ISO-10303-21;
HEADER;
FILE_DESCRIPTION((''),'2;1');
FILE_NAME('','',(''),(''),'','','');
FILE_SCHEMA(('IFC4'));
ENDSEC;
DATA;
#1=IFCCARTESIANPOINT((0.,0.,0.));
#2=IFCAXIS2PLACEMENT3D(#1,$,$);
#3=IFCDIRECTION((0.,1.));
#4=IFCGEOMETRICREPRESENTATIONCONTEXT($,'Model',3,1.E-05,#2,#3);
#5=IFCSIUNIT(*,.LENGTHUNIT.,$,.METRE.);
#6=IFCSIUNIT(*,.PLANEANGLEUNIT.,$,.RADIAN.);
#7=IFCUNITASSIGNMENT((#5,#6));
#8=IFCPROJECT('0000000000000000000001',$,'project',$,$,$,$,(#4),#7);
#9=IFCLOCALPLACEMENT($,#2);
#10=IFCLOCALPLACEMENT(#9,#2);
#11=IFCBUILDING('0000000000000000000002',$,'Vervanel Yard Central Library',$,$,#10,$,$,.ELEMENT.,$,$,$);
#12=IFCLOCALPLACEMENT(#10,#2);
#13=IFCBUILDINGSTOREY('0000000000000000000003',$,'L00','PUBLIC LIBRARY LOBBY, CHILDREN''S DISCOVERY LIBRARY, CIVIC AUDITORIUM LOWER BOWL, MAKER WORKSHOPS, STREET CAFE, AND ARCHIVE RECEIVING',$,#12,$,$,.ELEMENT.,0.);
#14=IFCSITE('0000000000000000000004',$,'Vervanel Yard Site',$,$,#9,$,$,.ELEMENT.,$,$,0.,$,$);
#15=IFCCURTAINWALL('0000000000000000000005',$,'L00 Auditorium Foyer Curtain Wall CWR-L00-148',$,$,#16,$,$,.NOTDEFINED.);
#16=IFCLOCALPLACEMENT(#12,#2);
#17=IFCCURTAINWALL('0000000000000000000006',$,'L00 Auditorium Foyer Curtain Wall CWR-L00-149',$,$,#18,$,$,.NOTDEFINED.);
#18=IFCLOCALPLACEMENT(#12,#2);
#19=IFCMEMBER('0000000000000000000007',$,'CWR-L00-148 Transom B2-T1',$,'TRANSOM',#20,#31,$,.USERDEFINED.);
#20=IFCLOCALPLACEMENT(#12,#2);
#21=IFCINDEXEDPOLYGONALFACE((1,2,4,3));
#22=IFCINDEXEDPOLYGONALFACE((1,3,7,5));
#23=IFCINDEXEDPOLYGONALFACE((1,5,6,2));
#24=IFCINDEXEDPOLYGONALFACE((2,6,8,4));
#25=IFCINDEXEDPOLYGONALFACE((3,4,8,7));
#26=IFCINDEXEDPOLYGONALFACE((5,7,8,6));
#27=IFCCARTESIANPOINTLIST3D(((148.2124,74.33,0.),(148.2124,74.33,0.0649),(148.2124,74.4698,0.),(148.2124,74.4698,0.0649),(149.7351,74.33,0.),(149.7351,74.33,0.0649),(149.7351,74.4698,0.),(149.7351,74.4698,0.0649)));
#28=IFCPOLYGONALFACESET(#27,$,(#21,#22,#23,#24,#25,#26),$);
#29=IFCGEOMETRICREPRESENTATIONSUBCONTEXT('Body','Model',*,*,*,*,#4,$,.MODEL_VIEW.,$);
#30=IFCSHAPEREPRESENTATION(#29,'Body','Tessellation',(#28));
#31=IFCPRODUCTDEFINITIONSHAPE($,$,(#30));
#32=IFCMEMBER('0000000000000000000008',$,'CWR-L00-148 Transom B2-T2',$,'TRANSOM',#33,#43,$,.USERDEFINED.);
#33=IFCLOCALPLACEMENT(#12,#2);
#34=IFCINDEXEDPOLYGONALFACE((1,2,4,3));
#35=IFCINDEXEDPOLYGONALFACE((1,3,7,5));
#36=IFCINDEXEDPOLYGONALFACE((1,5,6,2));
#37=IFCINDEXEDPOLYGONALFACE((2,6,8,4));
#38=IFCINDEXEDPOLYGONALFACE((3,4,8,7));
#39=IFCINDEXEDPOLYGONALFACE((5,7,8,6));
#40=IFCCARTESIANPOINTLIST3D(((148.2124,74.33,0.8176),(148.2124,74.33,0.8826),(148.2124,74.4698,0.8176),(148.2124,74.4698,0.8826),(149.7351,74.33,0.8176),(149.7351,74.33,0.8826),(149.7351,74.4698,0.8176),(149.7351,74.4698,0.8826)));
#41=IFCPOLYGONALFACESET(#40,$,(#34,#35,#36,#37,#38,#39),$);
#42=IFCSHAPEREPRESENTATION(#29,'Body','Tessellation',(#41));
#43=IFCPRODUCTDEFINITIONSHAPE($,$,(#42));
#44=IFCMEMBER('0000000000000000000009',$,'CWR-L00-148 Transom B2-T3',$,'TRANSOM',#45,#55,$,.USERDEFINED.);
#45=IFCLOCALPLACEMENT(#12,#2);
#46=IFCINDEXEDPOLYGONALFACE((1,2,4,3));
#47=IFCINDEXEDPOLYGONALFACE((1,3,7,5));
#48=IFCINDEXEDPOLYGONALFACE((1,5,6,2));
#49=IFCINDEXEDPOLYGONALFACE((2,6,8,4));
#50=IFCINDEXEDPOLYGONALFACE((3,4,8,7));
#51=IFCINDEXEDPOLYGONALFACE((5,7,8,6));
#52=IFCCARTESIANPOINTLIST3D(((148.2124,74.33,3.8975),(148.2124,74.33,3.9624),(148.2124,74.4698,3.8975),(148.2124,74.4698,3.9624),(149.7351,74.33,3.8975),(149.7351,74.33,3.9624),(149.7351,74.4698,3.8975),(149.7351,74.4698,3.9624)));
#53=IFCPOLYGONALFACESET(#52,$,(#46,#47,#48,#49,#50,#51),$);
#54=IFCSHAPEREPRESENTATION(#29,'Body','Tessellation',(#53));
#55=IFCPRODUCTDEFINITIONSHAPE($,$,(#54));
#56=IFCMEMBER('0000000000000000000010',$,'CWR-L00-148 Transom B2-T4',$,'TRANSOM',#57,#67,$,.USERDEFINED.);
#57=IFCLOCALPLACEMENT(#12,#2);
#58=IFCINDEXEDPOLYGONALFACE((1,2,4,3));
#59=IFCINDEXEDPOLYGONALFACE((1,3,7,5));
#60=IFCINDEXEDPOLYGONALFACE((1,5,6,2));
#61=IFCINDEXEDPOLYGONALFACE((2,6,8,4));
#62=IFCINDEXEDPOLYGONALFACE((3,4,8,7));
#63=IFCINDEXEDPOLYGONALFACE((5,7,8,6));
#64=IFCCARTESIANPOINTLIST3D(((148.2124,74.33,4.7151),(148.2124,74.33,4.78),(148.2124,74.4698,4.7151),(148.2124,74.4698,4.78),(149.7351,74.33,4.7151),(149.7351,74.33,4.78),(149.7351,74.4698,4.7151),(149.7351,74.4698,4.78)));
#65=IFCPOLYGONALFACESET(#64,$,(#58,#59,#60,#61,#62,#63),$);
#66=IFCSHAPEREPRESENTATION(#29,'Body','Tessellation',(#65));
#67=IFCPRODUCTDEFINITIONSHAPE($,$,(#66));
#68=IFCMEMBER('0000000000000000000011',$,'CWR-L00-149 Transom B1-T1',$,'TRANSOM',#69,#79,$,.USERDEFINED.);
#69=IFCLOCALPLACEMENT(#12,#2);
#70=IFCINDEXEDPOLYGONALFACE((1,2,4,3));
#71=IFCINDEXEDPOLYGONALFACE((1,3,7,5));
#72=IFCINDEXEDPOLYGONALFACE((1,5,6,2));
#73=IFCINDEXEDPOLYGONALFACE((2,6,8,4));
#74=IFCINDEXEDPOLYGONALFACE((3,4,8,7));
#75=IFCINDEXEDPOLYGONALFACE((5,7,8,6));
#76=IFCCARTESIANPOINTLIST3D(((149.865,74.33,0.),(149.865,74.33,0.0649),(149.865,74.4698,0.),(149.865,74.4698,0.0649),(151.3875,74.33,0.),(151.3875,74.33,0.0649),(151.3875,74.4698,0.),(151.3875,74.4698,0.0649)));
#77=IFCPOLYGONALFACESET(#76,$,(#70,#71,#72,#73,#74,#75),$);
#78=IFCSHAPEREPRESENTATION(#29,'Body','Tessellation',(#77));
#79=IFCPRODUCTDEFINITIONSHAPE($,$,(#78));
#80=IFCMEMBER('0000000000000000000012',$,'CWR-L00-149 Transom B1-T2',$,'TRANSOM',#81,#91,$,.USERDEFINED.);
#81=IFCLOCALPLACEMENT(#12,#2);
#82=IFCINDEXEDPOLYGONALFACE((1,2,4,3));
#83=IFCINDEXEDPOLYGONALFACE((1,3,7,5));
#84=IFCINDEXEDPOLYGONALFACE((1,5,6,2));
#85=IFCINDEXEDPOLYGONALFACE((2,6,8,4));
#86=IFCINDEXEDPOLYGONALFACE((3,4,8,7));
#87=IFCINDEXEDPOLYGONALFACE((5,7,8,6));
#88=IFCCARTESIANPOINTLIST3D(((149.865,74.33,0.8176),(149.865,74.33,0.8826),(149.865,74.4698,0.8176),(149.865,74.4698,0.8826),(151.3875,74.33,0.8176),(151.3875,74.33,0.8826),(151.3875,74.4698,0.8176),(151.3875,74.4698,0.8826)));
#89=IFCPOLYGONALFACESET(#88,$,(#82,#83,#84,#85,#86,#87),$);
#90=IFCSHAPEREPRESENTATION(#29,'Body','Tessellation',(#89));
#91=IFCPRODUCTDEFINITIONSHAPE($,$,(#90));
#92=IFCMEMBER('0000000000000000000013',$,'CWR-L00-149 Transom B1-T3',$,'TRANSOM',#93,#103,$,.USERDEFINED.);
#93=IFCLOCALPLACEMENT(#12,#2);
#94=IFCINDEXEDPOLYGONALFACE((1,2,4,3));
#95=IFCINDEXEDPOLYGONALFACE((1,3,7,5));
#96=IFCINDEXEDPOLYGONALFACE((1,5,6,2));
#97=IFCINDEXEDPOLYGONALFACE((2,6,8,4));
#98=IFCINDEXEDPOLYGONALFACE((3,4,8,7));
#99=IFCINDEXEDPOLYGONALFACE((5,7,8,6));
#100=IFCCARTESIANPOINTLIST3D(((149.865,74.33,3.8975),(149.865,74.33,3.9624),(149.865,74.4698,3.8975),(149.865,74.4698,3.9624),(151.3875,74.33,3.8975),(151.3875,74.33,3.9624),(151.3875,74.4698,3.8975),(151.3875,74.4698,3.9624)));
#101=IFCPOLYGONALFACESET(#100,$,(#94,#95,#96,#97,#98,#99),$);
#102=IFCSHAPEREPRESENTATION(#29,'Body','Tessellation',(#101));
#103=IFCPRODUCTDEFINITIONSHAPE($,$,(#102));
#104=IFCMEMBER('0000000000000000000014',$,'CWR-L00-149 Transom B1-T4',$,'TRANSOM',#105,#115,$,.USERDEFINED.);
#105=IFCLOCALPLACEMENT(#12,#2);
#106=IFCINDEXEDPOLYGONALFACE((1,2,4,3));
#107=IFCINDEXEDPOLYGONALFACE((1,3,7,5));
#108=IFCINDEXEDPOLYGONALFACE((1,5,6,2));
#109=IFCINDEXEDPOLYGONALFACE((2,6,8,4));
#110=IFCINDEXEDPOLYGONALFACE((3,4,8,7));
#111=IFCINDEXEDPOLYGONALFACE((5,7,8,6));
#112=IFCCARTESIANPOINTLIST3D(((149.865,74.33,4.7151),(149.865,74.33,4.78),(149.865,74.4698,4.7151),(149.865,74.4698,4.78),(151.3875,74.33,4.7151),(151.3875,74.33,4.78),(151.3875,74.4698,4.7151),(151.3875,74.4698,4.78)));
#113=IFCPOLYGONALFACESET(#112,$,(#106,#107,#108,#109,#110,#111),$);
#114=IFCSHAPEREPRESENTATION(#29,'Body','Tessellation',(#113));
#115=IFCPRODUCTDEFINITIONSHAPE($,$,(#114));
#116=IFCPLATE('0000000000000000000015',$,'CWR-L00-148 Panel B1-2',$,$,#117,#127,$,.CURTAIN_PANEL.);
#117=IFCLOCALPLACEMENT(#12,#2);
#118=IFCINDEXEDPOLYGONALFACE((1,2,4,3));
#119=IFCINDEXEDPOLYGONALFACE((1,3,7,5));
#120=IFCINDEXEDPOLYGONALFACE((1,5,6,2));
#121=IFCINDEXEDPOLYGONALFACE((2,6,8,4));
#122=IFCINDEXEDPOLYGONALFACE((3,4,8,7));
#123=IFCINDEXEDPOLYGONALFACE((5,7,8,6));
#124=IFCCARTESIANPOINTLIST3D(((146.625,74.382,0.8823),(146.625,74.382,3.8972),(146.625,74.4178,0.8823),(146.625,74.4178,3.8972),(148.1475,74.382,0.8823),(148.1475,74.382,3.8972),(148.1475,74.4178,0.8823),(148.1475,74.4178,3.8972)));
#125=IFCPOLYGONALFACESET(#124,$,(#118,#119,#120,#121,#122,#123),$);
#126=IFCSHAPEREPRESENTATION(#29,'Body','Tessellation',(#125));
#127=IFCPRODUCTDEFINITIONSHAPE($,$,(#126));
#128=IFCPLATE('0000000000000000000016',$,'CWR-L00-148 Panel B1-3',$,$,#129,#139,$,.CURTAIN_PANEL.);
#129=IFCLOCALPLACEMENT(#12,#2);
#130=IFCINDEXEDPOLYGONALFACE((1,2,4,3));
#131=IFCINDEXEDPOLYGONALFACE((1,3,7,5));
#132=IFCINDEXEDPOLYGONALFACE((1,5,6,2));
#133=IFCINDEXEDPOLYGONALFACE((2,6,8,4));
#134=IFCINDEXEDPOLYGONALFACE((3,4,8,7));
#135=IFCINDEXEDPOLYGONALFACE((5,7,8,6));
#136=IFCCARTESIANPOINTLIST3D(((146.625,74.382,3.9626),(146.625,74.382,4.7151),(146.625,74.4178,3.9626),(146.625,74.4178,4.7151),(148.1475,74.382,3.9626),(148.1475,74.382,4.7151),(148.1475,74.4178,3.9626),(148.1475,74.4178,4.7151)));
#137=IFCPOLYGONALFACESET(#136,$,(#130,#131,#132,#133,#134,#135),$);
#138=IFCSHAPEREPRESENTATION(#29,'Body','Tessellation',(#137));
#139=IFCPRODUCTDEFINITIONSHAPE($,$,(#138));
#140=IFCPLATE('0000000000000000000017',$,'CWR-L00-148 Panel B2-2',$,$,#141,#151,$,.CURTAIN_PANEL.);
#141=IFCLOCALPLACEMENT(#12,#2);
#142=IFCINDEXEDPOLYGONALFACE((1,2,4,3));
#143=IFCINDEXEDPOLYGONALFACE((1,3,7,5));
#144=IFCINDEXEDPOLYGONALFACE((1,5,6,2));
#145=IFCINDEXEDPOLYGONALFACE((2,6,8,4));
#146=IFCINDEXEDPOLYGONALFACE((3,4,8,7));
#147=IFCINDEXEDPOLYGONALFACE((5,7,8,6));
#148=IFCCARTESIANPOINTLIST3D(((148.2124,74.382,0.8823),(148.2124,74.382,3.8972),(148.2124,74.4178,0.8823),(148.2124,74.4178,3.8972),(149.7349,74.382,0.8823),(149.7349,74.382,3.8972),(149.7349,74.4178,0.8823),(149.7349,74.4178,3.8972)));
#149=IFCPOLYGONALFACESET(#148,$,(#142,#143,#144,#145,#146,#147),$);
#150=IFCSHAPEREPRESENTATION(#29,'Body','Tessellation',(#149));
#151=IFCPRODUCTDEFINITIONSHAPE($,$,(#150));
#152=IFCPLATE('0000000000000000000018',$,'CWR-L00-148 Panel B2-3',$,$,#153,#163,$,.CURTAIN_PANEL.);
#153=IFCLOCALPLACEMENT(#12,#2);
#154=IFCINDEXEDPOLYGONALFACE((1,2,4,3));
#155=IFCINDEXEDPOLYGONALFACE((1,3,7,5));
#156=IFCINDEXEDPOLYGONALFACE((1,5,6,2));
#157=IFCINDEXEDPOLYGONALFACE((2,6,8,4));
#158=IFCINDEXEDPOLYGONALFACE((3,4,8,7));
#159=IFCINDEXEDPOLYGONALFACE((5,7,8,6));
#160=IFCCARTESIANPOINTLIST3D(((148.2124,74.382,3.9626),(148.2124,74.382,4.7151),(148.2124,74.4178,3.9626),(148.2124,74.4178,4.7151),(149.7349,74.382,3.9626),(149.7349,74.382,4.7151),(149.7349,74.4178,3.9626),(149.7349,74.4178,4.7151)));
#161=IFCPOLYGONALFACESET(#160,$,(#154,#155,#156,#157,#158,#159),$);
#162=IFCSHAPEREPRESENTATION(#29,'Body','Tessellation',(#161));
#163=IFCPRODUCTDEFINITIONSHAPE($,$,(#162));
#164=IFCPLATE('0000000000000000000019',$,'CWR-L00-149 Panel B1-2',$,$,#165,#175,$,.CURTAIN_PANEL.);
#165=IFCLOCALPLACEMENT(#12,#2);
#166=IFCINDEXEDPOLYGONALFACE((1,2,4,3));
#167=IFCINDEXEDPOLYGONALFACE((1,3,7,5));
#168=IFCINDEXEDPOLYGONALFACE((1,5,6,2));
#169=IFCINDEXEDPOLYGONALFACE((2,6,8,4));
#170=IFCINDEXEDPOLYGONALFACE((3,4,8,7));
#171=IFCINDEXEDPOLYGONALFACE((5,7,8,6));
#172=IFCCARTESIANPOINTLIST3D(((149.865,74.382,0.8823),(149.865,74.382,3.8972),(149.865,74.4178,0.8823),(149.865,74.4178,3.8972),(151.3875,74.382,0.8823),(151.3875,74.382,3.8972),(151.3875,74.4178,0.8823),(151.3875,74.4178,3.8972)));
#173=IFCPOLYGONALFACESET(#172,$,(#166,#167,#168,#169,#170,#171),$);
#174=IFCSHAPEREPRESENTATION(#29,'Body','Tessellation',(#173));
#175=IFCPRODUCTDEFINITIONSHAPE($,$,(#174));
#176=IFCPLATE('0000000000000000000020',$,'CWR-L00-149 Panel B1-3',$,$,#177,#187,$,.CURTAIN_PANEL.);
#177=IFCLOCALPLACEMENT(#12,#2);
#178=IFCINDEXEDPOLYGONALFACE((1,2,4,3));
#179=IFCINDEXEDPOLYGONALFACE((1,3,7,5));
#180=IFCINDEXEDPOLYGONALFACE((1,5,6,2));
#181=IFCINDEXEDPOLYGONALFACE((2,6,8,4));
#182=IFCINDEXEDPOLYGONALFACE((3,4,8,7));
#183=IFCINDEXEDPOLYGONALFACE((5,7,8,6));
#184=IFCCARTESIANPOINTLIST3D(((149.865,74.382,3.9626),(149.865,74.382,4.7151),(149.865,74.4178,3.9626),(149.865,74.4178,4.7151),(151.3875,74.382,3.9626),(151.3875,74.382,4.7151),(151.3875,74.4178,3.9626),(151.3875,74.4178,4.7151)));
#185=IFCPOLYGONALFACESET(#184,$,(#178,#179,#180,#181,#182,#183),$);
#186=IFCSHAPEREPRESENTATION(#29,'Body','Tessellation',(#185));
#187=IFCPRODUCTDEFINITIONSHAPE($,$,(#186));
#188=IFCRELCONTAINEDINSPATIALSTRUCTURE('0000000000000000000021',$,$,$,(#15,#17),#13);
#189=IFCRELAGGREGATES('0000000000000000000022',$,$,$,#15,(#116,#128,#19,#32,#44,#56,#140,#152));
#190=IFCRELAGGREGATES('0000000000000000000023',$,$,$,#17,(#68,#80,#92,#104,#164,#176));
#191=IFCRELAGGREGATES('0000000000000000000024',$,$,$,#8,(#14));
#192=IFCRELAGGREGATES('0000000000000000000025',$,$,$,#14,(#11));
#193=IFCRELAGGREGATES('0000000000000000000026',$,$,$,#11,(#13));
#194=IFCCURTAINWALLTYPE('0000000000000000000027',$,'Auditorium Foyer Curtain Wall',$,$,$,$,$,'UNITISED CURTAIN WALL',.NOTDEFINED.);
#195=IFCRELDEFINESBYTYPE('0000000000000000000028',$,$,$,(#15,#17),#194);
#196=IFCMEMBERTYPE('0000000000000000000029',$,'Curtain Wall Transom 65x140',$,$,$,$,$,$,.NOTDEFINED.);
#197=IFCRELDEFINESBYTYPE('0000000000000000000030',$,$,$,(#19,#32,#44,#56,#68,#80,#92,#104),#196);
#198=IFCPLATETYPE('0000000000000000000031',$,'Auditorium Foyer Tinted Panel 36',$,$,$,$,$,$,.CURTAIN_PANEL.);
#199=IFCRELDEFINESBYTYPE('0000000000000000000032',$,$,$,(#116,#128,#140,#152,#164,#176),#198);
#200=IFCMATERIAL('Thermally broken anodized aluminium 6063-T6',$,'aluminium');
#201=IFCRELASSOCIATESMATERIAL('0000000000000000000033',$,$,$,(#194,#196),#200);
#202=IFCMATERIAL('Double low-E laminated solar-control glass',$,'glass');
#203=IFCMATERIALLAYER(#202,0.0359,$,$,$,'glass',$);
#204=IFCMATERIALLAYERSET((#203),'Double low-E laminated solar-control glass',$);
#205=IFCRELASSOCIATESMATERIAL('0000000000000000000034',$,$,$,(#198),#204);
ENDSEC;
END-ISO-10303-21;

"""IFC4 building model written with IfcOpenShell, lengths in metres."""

from ifc_helpers import new_model, si_unit, direction, frame, origin, origin_2d, place, context, subcontext, project, spatial, rectangle, extrude, material, layer, layer_set, material_profile, profile_set, type_object, element, aggregate, save


model = new_model("IFC4")

# Units and contexts
model_context = context("Model", 3, precision=1e-05, world=origin(), true_north=direction((0.0, 1.0)))
body_context = subcontext(model_context, "Body", "Model", "MODEL_VIEW")
ifc_project = project(units=[si_unit("LENGTHUNIT", "METRE"), si_unit("PLANEANGLEUNIT", "RADIAN")], contexts=[model_context])

# Site, building, storey
site_placement = place(None, origin())
site = spatial("IfcSite", under=ifc_project, at=site_placement, Name="Vervanel Yard Site", CompositionType="ELEMENT", RefElevation=0.0)
building_placement = place(site_placement, origin())
building = spatial("IfcBuilding", under=site, at=building_placement, Name="Vervanel Yard Central Library", CompositionType="ELEMENT")
storey_placement = place(building_placement, origin())
storey = spatial("IfcBuildingStorey", under=building, at=storey_placement, Name="L00", Description="PUBLIC LIBRARY LOBBY, CHILDREN'S DISCOVERY LIBRARY, CIVIC AUDITORIUM LOWER BOWL, MAKER WORKSHOPS, STREET CAFE, AND ARCHIVE RECEIVING", CompositionType="ELEMENT", Elevation=0.0)

# Curtain wall
ifc_material_1 = material(Name="Thermally broken anodized aluminium 6063-T6", Category="aluminium")
curtain_wall_type = type_object("IfcCurtainWallType", Name="Auditorium Foyer Curtain Wall", ElementType="UNITISED CURTAIN WALL", PredefinedType="NOTDEFINED", material=ifc_material_1)
curtain_wall_1_placement = place(storey_placement, origin())
curtain_wall_1 = element("IfcCurtainWall", 1, at=curtain_wall_1_placement, inside=storey, type_object=curtain_wall_type, Name="L00 Auditorium Foyer Curtain Wall CWR-L00-148", PredefinedType="NOTDEFINED")

# Curtain wall
curtain_wall_2_placement = place(storey_placement, origin())
curtain_wall_2 = element("IfcCurtainWall", 2, at=curtain_wall_2_placement, inside=storey, type_object=curtain_wall_type, Name="L00 Auditorium Foyer Curtain Wall CWR-L00-149", PredefinedType="NOTDEFINED")

# Members
ifc_material_profile_1 = material_profile(ifc_material_1, rectangle(XDim=0.0649, YDim=0.1399, at=origin_2d()), Name="ALU 65x140", Category="aluminium")
ifc_profile_set_1 = profile_set([ifc_material_profile_1], Name="Thermally broken anodized aluminium 6063-T6")
member_type_1 = type_object("IfcMemberType", Name="Curtain Wall Transom 65x140", PredefinedType="NOTDEFINED", material=ifc_profile_set_1)
member_1_placement = place(storey_placement, frame((148.2124, 74.3999, 0.0325), z_axis=(1.0, 0.0, 0.0), x_axis=(0.0, 0.0, 1.0)))
member_1 = element("IfcMember", 3, at=member_1_placement, type_object=member_type_1, Name="CWR-L00-148 Transom B2-T1", ObjectType="TRANSOM", PredefinedType="USERDEFINED", context=body_context, shape_type="SweptSolid", body=[
    extrude(rectangle(XDim=0.0649, YDim=0.1399, at=origin_2d()), origin(), (0.0, 0.0, 1.0), 1.5227),
])
member_2_placement = place(storey_placement, frame((148.2124, 74.3999, 0.8501), z_axis=(1.0, 0.0, 0.0), x_axis=(0.0, 0.0, 1.0)))
member_2 = element("IfcMember", 4, at=member_2_placement, type_object=member_type_1, Name="CWR-L00-148 Transom B2-T2", ObjectType="TRANSOM", PredefinedType="USERDEFINED", context=body_context, shape_type="SweptSolid", body=[
    extrude(rectangle(XDim=0.0649, YDim=0.1399, at=origin_2d()), origin(), (0.0, 0.0, 1.0), 1.5227),
])
member_3_placement = place(storey_placement, frame((148.2124, 74.3999, 3.9299), z_axis=(1.0, 0.0, 0.0), x_axis=(0.0, 0.0, 1.0)))
member_3 = element("IfcMember", 5, at=member_3_placement, type_object=member_type_1, Name="CWR-L00-148 Transom B2-T3", ObjectType="TRANSOM", PredefinedType="USERDEFINED", context=body_context, shape_type="SweptSolid", body=[
    extrude(rectangle(XDim=0.0649, YDim=0.1399, at=origin_2d()), origin(), (0.0, 0.0, 1.0), 1.5227),
])
member_4_placement = place(storey_placement, frame((148.2124, 74.3999, 4.7476), z_axis=(1.0, 0.0, 0.0), x_axis=(0.0, 0.0, 1.0)))
member_4 = element("IfcMember", 6, at=member_4_placement, type_object=member_type_1, Name="CWR-L00-148 Transom B2-T4", ObjectType="TRANSOM", PredefinedType="USERDEFINED", context=body_context, shape_type="SweptSolid", body=[
    extrude(rectangle(XDim=0.0649, YDim=0.1399, at=origin_2d()), origin(), (0.0, 0.0, 1.0), 1.5227),
])
member_5_placement = place(storey_placement, frame((149.865, 74.3999, 0.0325), z_axis=(1.0, 0.0, 0.0), x_axis=(0.0, 0.0, 1.0)))
member_5 = element("IfcMember", 7, at=member_5_placement, type_object=member_type_1, Name="CWR-L00-149 Transom B1-T1", ObjectType="TRANSOM", PredefinedType="USERDEFINED", context=body_context, shape_type="SweptSolid", body=[
    extrude(rectangle(XDim=0.0649, YDim=0.1399, at=origin_2d()), origin(), (0.0, 0.0, 1.0), 1.5225),
])
member_6_placement = place(storey_placement, frame((149.865, 74.3999, 0.8501), z_axis=(1.0, 0.0, 0.0), x_axis=(0.0, 0.0, 1.0)))
member_6 = element("IfcMember", 8, at=member_6_placement, type_object=member_type_1, Name="CWR-L00-149 Transom B1-T2", ObjectType="TRANSOM", PredefinedType="USERDEFINED", context=body_context, shape_type="SweptSolid", body=[
    extrude(rectangle(XDim=0.0649, YDim=0.1399, at=origin_2d()), origin(), (0.0, 0.0, 1.0), 1.5225),
])
member_7_placement = place(storey_placement, frame((149.865, 74.3999, 3.9299), z_axis=(1.0, 0.0, 0.0), x_axis=(0.0, 0.0, 1.0)))
member_7 = element("IfcMember", 9, at=member_7_placement, type_object=member_type_1, Name="CWR-L00-149 Transom B1-T3", ObjectType="TRANSOM", PredefinedType="USERDEFINED", context=body_context, shape_type="SweptSolid", body=[
    extrude(rectangle(XDim=0.0649, YDim=0.1399, at=origin_2d()), origin(), (0.0, 0.0, 1.0), 1.5225),
])
member_8_placement = place(storey_placement, frame((149.865, 74.3999, 4.7476), z_axis=(1.0, 0.0, 0.0), x_axis=(0.0, 0.0, 1.0)))
member_8 = element("IfcMember", 10, at=member_8_placement, type_object=member_type_1, Name="CWR-L00-149 Transom B1-T4", ObjectType="TRANSOM", PredefinedType="USERDEFINED", context=body_context, shape_type="SweptSolid", body=[
    extrude(rectangle(XDim=0.0649, YDim=0.1399, at=origin_2d()), origin(), (0.0, 0.0, 1.0), 1.5225),
])

# Plates
ifc_material_2 = material(Name="Double low-E laminated solar-control glass", Category="glass")
ifc_layer_1 = layer(ifc_material_2, 0.0359, Category="glass")
ifc_layer_set_1 = layer_set([ifc_layer_1], Name="Double low-E laminated solar-control glass")
plate_type_1 = type_object("IfcPlateType", Name="Auditorium Foyer Tinted Panel 36", PredefinedType="CURTAIN_PANEL", material=ifc_layer_set_1)
plate_1_placement = place(storey_placement, frame((147.3862, 74.3999, 0.8823), z_axis=(0.0, 0.0, 1.0), x_axis=(1.0, 0.0, 0.0)))
plate_1 = element("IfcPlate", 11, at=plate_1_placement, type_object=plate_type_1, Name="CWR-L00-148 Panel B1-2", PredefinedType="CURTAIN_PANEL", context=body_context, shape_type="SweptSolid", body=[
    extrude(rectangle(XDim=1.5225, YDim=0.0359, at=origin_2d()), origin(), (0.0, 0.0, 1.0), 3.0149),
])
plate_2_placement = place(storey_placement, frame((147.3862, 74.3999, 3.9626), z_axis=(0.0, 0.0, 1.0), x_axis=(1.0, 0.0, 0.0)))
plate_2 = element("IfcPlate", 12, at=plate_2_placement, type_object=plate_type_1, Name="CWR-L00-148 Panel B1-3", PredefinedType="CURTAIN_PANEL", context=body_context, shape_type="SweptSolid", body=[
    extrude(rectangle(XDim=1.5225, YDim=0.0359, at=origin_2d()), origin(), (0.0, 0.0, 1.0), 0.7524),
])
plate_3_placement = place(storey_placement, frame((148.9736, 74.3999, 0.8823), z_axis=(0.0, 0.0, 1.0), x_axis=(1.0, 0.0, 0.0)))
plate_3 = element("IfcPlate", 13, at=plate_3_placement, type_object=plate_type_1, Name="CWR-L00-148 Panel B2-2", PredefinedType="CURTAIN_PANEL", context=body_context, shape_type="SweptSolid", body=[
    extrude(rectangle(XDim=1.5225, YDim=0.0359, at=origin_2d()), origin(), (0.0, 0.0, 1.0), 3.0149),
])
plate_4_placement = place(storey_placement, frame((148.9736, 74.3999, 3.9626), z_axis=(0.0, 0.0, 1.0), x_axis=(1.0, 0.0, 0.0)))
plate_4 = element("IfcPlate", 14, at=plate_4_placement, type_object=plate_type_1, Name="CWR-L00-148 Panel B2-3", PredefinedType="CURTAIN_PANEL", context=body_context, shape_type="SweptSolid", body=[
    extrude(rectangle(XDim=1.5225, YDim=0.0359, at=origin_2d()), origin(), (0.0, 0.0, 1.0), 0.7524),
])
plate_5_placement = place(storey_placement, frame((150.6262, 74.3999, 0.8823), z_axis=(0.0, 0.0, 1.0), x_axis=(1.0, 0.0, 0.0)))
plate_5 = element("IfcPlate", 15, at=plate_5_placement, type_object=plate_type_1, Name="CWR-L00-149 Panel B1-2", PredefinedType="CURTAIN_PANEL", context=body_context, shape_type="SweptSolid", body=[
    extrude(rectangle(XDim=1.5225, YDim=0.0359, at=origin_2d()), origin(), (0.0, 0.0, 1.0), 3.0149),
])
plate_6_placement = place(storey_placement, frame((150.6262, 74.3999, 3.9626), z_axis=(0.0, 0.0, 1.0), x_axis=(1.0, 0.0, 0.0)))
plate_6 = element("IfcPlate", 16, at=plate_6_placement, type_object=plate_type_1, Name="CWR-L00-149 Panel B1-3", PredefinedType="CURTAIN_PANEL", context=body_context, shape_type="SweptSolid", body=[
    extrude(rectangle(XDim=1.5225, YDim=0.0359, at=origin_2d()), origin(), (0.0, 0.0, 1.0), 0.7524),
])
aggregate(curtain_wall_1, [plate_1, plate_2, member_1, member_2, member_3, member_4, plate_3, plate_4])
aggregate(curtain_wall_2, [member_5, member_6, member_7, member_8, plate_5, plate_6])

save(model, "model.ifc")
